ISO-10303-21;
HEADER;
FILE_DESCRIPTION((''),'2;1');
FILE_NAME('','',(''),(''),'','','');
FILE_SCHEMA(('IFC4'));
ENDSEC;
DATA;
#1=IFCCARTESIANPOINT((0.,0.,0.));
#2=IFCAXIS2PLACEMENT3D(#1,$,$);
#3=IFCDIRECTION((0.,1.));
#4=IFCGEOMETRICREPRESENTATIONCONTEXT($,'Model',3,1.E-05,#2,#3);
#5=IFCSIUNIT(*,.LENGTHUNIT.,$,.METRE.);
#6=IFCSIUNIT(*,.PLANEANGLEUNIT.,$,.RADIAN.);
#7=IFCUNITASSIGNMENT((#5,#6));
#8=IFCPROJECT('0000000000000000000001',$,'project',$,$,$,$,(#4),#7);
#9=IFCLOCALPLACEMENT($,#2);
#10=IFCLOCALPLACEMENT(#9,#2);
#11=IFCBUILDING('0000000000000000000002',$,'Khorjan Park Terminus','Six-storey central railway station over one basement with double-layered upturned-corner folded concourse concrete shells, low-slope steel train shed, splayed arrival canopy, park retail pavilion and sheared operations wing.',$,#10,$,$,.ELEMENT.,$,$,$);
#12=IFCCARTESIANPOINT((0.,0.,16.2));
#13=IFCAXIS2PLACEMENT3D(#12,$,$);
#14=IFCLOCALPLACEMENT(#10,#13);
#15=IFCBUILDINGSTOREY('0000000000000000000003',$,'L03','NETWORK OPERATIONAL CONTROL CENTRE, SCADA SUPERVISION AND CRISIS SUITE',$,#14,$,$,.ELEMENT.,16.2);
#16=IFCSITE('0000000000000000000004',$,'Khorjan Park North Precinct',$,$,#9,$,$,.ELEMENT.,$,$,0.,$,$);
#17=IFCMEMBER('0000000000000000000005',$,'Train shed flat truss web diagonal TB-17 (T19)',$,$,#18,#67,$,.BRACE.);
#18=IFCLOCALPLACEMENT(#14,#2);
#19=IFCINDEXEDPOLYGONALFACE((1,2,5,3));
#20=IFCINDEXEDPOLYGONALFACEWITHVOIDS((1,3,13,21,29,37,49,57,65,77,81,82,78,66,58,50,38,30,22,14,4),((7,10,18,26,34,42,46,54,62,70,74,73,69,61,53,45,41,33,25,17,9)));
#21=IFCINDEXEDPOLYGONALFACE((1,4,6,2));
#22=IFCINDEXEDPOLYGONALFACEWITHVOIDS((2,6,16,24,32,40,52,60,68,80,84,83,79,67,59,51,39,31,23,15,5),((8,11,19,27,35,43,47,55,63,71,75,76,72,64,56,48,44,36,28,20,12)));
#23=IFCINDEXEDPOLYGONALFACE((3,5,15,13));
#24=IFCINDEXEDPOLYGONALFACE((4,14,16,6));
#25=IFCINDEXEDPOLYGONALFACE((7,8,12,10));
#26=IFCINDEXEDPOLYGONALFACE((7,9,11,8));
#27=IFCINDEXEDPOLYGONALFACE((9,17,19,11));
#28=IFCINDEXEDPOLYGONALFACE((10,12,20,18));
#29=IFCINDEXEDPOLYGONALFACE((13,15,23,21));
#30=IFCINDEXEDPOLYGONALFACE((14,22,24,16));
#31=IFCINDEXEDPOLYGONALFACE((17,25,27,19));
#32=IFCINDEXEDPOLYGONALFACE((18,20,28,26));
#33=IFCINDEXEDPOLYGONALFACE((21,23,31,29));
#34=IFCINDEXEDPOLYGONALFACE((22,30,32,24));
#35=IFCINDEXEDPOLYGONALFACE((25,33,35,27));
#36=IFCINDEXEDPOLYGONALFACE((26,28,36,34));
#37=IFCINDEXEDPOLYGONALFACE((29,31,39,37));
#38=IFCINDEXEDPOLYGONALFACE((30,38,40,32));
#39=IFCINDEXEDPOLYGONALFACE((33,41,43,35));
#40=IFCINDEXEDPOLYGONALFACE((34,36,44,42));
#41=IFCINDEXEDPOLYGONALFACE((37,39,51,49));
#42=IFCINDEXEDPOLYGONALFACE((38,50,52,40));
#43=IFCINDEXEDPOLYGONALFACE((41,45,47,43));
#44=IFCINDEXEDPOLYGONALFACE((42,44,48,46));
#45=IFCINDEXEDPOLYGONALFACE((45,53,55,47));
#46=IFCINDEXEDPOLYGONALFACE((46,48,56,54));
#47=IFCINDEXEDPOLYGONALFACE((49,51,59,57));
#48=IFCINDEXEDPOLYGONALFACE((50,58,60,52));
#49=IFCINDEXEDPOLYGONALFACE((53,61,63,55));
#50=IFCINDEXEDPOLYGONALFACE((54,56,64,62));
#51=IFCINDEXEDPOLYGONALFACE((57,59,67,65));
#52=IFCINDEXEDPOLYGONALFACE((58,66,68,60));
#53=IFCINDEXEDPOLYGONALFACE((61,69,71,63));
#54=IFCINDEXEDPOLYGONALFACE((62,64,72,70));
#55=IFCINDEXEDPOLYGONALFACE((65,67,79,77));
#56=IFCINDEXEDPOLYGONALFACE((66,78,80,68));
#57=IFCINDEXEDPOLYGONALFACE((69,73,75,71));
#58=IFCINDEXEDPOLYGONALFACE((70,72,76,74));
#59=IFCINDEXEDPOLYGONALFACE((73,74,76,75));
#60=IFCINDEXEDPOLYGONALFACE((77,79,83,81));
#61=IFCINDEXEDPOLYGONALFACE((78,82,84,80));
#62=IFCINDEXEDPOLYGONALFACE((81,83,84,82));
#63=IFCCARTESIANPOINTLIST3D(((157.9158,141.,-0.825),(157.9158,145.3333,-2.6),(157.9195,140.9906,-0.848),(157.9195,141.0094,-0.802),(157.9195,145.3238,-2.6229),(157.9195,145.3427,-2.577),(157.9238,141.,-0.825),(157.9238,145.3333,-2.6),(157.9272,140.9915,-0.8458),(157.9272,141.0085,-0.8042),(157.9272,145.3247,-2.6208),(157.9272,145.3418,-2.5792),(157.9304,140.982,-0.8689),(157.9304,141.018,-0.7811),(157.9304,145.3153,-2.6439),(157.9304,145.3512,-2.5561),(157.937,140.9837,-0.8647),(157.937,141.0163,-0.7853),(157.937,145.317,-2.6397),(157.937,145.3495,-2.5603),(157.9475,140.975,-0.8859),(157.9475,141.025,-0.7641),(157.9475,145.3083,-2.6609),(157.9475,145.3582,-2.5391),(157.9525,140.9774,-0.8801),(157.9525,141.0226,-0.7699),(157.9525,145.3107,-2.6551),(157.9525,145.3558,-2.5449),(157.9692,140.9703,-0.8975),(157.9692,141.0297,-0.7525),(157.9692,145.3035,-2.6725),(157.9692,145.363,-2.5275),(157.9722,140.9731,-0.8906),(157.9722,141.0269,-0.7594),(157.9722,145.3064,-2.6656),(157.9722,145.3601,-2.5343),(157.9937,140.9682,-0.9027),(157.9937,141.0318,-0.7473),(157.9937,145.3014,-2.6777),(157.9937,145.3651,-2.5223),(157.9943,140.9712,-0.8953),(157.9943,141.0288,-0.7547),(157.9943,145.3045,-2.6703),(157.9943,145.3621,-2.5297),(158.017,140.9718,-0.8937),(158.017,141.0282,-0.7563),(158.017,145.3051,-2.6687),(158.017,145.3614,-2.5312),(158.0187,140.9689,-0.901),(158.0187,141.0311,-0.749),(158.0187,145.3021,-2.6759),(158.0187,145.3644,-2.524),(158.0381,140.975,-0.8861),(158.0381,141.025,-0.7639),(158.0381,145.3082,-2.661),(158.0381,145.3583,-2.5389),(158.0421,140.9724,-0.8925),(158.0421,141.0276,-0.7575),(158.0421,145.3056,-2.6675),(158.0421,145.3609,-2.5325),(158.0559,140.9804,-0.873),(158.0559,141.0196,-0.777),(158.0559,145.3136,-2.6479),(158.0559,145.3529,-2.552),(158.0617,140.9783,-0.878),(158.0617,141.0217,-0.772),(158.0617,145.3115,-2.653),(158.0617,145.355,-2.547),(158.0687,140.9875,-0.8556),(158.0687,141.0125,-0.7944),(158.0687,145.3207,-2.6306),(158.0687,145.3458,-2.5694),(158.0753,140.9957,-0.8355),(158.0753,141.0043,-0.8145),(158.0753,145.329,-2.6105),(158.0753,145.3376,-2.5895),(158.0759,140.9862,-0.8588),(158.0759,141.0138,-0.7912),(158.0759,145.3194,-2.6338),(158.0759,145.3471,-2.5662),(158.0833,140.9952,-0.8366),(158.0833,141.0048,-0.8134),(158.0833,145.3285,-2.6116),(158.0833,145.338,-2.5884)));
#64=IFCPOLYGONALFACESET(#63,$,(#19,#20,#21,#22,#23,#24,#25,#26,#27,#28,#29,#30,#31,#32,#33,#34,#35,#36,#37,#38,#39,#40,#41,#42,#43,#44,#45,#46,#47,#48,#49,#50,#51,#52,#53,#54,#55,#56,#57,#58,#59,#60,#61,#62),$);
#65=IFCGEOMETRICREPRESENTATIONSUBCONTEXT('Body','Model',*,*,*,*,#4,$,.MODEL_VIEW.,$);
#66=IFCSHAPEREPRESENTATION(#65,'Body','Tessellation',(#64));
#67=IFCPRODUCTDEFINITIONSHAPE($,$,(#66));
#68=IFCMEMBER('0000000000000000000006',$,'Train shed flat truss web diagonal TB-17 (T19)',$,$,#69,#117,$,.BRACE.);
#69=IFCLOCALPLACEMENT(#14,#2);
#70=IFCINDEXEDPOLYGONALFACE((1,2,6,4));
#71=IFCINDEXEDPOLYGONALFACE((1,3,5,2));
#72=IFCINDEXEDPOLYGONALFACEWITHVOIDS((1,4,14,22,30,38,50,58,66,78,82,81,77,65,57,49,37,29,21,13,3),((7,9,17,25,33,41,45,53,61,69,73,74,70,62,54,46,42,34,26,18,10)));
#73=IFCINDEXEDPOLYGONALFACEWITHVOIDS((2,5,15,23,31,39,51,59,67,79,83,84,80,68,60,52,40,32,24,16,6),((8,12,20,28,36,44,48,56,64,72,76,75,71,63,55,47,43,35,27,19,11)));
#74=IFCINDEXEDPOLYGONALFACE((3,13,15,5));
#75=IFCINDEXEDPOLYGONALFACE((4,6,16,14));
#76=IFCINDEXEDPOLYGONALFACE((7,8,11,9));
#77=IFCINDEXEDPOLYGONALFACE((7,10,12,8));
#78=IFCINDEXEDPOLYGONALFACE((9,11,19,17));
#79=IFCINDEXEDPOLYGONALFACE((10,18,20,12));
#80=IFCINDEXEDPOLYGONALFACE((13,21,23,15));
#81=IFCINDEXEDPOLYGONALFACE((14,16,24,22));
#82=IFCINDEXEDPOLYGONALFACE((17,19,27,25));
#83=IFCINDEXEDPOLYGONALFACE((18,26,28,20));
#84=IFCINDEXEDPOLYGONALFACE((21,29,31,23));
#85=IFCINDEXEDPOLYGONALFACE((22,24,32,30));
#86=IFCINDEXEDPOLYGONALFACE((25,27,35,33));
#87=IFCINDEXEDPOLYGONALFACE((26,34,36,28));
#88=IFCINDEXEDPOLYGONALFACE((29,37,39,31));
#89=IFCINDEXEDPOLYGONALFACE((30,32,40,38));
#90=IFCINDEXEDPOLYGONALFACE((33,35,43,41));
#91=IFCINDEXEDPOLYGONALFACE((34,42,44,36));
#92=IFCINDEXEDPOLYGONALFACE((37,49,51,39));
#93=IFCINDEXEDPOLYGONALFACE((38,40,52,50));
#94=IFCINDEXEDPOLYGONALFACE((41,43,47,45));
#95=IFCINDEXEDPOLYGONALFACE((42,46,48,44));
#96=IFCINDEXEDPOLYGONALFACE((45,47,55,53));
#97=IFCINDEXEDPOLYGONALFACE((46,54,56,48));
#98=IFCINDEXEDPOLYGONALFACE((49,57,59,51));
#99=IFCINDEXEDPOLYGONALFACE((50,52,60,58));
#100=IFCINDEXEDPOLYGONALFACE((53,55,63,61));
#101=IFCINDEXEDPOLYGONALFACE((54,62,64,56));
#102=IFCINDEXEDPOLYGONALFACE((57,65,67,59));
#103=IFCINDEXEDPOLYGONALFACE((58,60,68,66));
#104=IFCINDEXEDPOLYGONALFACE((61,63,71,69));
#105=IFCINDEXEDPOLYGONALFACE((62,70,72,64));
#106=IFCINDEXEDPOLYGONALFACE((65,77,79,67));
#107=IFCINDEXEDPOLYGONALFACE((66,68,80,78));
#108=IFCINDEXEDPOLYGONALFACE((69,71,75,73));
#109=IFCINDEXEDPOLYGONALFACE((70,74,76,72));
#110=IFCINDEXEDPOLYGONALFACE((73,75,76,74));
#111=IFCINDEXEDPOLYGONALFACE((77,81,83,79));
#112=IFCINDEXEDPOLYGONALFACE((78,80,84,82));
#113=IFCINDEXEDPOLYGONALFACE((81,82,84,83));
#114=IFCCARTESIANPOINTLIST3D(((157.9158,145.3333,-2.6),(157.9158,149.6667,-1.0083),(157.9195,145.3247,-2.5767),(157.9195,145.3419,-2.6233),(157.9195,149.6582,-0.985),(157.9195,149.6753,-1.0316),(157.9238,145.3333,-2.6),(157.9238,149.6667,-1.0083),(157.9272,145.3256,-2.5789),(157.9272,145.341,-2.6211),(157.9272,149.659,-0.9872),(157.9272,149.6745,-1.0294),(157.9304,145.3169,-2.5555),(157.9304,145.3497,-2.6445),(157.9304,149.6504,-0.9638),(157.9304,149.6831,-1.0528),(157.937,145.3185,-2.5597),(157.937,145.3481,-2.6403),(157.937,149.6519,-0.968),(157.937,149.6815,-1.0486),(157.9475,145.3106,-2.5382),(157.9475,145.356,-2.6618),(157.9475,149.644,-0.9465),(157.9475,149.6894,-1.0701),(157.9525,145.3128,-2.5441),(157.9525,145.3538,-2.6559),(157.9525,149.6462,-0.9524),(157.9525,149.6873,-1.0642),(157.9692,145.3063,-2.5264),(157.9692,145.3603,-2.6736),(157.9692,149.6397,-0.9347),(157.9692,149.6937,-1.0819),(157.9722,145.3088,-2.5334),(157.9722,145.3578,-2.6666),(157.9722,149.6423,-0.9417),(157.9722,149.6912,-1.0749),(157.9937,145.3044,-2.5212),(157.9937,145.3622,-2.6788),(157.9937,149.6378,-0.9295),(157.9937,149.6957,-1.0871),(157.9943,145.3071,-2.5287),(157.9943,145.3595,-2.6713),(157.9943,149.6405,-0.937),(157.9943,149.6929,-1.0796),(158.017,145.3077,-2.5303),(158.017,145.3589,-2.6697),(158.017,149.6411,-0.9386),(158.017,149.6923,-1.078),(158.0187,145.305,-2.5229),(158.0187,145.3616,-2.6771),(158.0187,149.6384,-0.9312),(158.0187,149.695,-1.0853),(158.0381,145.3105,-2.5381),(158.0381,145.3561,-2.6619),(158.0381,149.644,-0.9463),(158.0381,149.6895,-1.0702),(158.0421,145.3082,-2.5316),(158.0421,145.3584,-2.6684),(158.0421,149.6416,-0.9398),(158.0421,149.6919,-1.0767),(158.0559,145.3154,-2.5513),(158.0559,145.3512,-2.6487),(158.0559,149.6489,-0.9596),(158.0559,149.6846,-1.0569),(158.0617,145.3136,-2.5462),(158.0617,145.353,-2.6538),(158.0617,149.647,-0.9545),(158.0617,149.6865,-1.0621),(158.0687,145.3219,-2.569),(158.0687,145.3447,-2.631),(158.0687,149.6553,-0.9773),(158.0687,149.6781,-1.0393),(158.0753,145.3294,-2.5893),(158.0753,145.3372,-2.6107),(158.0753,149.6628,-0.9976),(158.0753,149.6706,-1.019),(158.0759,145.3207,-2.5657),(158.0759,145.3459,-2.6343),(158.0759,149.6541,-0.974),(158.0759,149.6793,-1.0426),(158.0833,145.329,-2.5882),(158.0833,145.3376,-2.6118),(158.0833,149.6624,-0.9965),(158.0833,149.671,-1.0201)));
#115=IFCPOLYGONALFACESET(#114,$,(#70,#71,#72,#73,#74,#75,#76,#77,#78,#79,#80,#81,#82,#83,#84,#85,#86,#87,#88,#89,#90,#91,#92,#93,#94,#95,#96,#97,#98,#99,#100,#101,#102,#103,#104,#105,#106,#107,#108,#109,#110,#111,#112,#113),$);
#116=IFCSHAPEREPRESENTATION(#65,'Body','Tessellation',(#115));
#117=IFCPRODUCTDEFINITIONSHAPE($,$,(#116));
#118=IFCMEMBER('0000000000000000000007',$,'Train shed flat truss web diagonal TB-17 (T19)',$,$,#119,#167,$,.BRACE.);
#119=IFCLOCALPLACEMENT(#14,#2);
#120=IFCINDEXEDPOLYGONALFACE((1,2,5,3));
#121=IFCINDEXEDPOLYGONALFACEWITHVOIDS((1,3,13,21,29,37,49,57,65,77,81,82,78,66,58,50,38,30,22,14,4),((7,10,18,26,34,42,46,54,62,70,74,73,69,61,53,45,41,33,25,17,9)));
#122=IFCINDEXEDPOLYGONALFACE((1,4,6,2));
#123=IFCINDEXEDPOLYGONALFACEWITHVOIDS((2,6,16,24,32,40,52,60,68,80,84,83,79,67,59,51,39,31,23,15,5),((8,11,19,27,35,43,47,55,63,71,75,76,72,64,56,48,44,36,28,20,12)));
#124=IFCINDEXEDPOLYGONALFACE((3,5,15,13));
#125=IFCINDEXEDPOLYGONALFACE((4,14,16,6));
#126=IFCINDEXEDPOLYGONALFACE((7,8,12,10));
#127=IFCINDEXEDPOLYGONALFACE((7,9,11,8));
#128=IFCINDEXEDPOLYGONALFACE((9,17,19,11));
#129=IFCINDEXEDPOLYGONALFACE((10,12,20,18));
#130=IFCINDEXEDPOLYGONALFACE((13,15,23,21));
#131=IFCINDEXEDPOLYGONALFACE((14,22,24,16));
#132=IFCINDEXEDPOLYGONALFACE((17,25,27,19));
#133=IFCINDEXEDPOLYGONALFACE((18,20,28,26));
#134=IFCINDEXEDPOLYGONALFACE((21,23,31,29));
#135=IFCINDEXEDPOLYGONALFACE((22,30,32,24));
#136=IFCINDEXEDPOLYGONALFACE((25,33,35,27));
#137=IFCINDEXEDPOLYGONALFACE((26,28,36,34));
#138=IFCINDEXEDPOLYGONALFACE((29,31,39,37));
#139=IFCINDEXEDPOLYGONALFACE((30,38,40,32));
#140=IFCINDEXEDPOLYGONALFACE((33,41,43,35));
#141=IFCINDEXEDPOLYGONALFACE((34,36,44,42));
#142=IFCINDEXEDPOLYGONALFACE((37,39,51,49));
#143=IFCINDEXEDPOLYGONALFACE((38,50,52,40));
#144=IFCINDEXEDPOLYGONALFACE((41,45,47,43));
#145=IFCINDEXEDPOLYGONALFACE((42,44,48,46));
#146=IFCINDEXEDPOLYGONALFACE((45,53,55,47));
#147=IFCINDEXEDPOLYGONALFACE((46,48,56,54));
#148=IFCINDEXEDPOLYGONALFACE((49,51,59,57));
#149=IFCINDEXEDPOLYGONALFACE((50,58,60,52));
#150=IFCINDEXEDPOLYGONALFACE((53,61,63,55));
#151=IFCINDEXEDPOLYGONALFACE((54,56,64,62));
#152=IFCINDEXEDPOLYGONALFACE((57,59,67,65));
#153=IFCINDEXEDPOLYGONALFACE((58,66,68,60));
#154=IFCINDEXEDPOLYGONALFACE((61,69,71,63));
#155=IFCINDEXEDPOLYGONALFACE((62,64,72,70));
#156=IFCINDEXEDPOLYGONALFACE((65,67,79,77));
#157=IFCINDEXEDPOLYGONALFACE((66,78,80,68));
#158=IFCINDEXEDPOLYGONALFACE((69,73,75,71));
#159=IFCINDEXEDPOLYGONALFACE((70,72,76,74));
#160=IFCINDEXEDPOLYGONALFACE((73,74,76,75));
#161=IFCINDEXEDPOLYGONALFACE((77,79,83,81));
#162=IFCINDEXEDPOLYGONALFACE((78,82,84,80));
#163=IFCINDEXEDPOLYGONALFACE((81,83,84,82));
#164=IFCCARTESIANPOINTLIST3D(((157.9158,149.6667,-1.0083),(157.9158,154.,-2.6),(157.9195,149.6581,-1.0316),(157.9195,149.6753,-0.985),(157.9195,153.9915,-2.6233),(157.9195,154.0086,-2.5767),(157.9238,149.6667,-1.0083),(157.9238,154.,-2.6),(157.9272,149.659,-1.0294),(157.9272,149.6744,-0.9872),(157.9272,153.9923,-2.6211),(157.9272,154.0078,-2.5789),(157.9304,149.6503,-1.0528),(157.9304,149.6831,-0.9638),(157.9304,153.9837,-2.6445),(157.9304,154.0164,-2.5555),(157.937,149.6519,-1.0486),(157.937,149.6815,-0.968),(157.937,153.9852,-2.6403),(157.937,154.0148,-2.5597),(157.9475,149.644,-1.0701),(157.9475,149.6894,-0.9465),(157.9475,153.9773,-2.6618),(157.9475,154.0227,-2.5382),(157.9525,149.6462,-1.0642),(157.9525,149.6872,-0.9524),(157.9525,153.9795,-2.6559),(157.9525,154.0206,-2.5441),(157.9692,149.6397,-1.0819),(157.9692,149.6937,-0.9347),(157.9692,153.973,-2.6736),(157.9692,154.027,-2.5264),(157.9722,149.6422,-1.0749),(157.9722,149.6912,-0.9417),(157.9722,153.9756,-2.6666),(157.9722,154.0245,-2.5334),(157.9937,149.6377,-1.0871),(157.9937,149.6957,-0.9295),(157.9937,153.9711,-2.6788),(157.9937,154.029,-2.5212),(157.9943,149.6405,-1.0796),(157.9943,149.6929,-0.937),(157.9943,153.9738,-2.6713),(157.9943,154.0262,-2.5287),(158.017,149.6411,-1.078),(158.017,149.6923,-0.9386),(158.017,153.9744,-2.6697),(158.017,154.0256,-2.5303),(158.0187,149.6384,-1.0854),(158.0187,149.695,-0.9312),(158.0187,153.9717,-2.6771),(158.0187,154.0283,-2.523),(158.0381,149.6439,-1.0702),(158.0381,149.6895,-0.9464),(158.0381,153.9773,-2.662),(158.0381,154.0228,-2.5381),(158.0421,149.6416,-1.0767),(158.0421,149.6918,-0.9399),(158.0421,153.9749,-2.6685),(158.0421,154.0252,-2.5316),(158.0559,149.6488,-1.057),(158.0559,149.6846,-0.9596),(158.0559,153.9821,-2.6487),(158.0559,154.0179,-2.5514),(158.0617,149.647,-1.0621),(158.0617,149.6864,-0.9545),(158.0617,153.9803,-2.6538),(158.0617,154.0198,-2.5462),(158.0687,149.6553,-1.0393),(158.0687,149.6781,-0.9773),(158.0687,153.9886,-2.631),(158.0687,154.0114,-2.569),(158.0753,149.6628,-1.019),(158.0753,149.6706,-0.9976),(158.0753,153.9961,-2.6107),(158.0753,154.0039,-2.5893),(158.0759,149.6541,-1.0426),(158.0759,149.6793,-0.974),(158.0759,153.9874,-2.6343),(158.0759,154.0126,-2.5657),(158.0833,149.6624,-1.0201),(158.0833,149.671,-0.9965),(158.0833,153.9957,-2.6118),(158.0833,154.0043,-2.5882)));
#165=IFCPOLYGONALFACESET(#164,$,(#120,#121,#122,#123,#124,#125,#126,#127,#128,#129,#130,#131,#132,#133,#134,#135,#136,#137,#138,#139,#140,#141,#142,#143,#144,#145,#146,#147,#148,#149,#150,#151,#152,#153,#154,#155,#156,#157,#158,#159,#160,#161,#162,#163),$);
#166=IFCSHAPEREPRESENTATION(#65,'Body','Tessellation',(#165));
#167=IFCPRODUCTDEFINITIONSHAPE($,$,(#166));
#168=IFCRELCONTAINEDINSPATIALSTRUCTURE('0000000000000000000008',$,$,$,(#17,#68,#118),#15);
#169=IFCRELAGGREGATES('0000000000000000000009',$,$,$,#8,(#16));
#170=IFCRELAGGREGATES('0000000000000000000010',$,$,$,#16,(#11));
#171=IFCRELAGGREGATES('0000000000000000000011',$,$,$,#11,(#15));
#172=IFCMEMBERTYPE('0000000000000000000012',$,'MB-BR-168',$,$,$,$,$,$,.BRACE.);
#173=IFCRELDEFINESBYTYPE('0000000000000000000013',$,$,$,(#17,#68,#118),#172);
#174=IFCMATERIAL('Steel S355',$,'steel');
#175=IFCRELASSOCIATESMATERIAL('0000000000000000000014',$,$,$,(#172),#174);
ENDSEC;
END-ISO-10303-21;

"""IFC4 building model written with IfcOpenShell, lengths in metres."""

from ifc_helpers import new_model, si_unit, direction, frame, origin, origin_2d, place, context, subcontext, project, spatial, hollow_circle, extrude, material, material_profile, profile_set, type_object, element, save


model = new_model("IFC4")

# Units and contexts
model_context = context("Model", 3, precision=1e-05, world=origin(), true_north=direction((0.0, 1.0)))
body_context = subcontext(model_context, "Body", "Model", "MODEL_VIEW")
ifc_project = project(units=[si_unit("LENGTHUNIT", "METRE"), si_unit("PLANEANGLEUNIT", "RADIAN")], contexts=[model_context])

# Site, building, storey
site_placement = place(None, origin())
site = spatial("IfcSite", under=ifc_project, at=site_placement, Name="Khorjan Park North Precinct", CompositionType="ELEMENT", RefElevation=0.0)
building_placement = place(site_placement, origin())
building = spatial("IfcBuilding", under=site, at=building_placement, Name="Khorjan Park Terminus", Description="Six-storey central railway station over one basement with double-layered upturned-corner folded concourse concrete shells, low-slope steel train shed, splayed arrival canopy, park retail pavilion and sheared operations wing.", CompositionType="ELEMENT")
storey_placement = place(building_placement, frame((0.0, 0.0, 16.2)))
storey = spatial("IfcBuildingStorey", under=building, at=storey_placement, Name="L03", Description="NETWORK OPERATIONAL CONTROL CENTRE, SCADA SUPERVISION AND CRISIS SUITE", CompositionType="ELEMENT", Elevation=16.2)

# Members
ifc_material = material(Name="Steel S355", Category="steel")
ifc_material_profile_1 = material_profile(ifc_material, hollow_circle(Radius=0.0842, WallThickness=0.008, at=origin_2d()), Name="CHS 168.3x8")
ifc_profile_set_1 = profile_set([ifc_material_profile_1], Name="Steel S355")
member_type_1 = type_object("IfcMemberType", Name="MB-BR-168", PredefinedType="BRACE", material=ifc_profile_set_1)
member_1_placement = place(storey_placement, frame((158.0, 141.0, -0.825), z_axis=(0.0, 0.925376, -0.379051), x_axis=(-1.0, 0.0, 0.0)))
element("IfcMember", 1, at=member_1_placement, inside=storey, type_object=member_type_1, Name="Train shed flat truss web diagonal TB-17 (T19)", PredefinedType="BRACE", context=body_context, shape_type="SweptSolid", body=[
    extrude(hollow_circle(Radius=0.0842, WallThickness=0.008, at=origin_2d()), origin(), (0.0, 0.0, 1.0), 4.6827),
])
member_2_placement = place(storey_placement, frame((158.0, 145.3333, -2.6), z_axis=(0.0, 0.938681, 0.344787), x_axis=(-1.0, 0.0, 0.0)))
element("IfcMember", 2, at=member_2_placement, inside=storey, type_object=member_type_1, Name="Train shed flat truss web diagonal TB-17 (T19)", PredefinedType="BRACE", context=body_context, shape_type="SweptSolid", body=[
    extrude(hollow_circle(Radius=0.0842, WallThickness=0.008, at=origin_2d()), origin(), (0.0, 0.0, 1.0), 4.6165),
])
member_3_placement = place(storey_placement, frame((158.0, 149.6667, -1.0083), z_axis=(0.0, 0.938678, -0.344794), x_axis=(-1.0, 0.0, 0.0)))
element("IfcMember", 3, at=member_3_placement, inside=storey, type_object=member_type_1, Name="Train shed flat truss web diagonal TB-17 (T19)", PredefinedType="BRACE", context=body_context, shape_type="SweptSolid", body=[
    extrude(hollow_circle(Radius=0.0842, WallThickness=0.008, at=origin_2d()), origin(), (0.0, 0.0, 1.0), 4.6164),
])

save(model, "model.ifc")
